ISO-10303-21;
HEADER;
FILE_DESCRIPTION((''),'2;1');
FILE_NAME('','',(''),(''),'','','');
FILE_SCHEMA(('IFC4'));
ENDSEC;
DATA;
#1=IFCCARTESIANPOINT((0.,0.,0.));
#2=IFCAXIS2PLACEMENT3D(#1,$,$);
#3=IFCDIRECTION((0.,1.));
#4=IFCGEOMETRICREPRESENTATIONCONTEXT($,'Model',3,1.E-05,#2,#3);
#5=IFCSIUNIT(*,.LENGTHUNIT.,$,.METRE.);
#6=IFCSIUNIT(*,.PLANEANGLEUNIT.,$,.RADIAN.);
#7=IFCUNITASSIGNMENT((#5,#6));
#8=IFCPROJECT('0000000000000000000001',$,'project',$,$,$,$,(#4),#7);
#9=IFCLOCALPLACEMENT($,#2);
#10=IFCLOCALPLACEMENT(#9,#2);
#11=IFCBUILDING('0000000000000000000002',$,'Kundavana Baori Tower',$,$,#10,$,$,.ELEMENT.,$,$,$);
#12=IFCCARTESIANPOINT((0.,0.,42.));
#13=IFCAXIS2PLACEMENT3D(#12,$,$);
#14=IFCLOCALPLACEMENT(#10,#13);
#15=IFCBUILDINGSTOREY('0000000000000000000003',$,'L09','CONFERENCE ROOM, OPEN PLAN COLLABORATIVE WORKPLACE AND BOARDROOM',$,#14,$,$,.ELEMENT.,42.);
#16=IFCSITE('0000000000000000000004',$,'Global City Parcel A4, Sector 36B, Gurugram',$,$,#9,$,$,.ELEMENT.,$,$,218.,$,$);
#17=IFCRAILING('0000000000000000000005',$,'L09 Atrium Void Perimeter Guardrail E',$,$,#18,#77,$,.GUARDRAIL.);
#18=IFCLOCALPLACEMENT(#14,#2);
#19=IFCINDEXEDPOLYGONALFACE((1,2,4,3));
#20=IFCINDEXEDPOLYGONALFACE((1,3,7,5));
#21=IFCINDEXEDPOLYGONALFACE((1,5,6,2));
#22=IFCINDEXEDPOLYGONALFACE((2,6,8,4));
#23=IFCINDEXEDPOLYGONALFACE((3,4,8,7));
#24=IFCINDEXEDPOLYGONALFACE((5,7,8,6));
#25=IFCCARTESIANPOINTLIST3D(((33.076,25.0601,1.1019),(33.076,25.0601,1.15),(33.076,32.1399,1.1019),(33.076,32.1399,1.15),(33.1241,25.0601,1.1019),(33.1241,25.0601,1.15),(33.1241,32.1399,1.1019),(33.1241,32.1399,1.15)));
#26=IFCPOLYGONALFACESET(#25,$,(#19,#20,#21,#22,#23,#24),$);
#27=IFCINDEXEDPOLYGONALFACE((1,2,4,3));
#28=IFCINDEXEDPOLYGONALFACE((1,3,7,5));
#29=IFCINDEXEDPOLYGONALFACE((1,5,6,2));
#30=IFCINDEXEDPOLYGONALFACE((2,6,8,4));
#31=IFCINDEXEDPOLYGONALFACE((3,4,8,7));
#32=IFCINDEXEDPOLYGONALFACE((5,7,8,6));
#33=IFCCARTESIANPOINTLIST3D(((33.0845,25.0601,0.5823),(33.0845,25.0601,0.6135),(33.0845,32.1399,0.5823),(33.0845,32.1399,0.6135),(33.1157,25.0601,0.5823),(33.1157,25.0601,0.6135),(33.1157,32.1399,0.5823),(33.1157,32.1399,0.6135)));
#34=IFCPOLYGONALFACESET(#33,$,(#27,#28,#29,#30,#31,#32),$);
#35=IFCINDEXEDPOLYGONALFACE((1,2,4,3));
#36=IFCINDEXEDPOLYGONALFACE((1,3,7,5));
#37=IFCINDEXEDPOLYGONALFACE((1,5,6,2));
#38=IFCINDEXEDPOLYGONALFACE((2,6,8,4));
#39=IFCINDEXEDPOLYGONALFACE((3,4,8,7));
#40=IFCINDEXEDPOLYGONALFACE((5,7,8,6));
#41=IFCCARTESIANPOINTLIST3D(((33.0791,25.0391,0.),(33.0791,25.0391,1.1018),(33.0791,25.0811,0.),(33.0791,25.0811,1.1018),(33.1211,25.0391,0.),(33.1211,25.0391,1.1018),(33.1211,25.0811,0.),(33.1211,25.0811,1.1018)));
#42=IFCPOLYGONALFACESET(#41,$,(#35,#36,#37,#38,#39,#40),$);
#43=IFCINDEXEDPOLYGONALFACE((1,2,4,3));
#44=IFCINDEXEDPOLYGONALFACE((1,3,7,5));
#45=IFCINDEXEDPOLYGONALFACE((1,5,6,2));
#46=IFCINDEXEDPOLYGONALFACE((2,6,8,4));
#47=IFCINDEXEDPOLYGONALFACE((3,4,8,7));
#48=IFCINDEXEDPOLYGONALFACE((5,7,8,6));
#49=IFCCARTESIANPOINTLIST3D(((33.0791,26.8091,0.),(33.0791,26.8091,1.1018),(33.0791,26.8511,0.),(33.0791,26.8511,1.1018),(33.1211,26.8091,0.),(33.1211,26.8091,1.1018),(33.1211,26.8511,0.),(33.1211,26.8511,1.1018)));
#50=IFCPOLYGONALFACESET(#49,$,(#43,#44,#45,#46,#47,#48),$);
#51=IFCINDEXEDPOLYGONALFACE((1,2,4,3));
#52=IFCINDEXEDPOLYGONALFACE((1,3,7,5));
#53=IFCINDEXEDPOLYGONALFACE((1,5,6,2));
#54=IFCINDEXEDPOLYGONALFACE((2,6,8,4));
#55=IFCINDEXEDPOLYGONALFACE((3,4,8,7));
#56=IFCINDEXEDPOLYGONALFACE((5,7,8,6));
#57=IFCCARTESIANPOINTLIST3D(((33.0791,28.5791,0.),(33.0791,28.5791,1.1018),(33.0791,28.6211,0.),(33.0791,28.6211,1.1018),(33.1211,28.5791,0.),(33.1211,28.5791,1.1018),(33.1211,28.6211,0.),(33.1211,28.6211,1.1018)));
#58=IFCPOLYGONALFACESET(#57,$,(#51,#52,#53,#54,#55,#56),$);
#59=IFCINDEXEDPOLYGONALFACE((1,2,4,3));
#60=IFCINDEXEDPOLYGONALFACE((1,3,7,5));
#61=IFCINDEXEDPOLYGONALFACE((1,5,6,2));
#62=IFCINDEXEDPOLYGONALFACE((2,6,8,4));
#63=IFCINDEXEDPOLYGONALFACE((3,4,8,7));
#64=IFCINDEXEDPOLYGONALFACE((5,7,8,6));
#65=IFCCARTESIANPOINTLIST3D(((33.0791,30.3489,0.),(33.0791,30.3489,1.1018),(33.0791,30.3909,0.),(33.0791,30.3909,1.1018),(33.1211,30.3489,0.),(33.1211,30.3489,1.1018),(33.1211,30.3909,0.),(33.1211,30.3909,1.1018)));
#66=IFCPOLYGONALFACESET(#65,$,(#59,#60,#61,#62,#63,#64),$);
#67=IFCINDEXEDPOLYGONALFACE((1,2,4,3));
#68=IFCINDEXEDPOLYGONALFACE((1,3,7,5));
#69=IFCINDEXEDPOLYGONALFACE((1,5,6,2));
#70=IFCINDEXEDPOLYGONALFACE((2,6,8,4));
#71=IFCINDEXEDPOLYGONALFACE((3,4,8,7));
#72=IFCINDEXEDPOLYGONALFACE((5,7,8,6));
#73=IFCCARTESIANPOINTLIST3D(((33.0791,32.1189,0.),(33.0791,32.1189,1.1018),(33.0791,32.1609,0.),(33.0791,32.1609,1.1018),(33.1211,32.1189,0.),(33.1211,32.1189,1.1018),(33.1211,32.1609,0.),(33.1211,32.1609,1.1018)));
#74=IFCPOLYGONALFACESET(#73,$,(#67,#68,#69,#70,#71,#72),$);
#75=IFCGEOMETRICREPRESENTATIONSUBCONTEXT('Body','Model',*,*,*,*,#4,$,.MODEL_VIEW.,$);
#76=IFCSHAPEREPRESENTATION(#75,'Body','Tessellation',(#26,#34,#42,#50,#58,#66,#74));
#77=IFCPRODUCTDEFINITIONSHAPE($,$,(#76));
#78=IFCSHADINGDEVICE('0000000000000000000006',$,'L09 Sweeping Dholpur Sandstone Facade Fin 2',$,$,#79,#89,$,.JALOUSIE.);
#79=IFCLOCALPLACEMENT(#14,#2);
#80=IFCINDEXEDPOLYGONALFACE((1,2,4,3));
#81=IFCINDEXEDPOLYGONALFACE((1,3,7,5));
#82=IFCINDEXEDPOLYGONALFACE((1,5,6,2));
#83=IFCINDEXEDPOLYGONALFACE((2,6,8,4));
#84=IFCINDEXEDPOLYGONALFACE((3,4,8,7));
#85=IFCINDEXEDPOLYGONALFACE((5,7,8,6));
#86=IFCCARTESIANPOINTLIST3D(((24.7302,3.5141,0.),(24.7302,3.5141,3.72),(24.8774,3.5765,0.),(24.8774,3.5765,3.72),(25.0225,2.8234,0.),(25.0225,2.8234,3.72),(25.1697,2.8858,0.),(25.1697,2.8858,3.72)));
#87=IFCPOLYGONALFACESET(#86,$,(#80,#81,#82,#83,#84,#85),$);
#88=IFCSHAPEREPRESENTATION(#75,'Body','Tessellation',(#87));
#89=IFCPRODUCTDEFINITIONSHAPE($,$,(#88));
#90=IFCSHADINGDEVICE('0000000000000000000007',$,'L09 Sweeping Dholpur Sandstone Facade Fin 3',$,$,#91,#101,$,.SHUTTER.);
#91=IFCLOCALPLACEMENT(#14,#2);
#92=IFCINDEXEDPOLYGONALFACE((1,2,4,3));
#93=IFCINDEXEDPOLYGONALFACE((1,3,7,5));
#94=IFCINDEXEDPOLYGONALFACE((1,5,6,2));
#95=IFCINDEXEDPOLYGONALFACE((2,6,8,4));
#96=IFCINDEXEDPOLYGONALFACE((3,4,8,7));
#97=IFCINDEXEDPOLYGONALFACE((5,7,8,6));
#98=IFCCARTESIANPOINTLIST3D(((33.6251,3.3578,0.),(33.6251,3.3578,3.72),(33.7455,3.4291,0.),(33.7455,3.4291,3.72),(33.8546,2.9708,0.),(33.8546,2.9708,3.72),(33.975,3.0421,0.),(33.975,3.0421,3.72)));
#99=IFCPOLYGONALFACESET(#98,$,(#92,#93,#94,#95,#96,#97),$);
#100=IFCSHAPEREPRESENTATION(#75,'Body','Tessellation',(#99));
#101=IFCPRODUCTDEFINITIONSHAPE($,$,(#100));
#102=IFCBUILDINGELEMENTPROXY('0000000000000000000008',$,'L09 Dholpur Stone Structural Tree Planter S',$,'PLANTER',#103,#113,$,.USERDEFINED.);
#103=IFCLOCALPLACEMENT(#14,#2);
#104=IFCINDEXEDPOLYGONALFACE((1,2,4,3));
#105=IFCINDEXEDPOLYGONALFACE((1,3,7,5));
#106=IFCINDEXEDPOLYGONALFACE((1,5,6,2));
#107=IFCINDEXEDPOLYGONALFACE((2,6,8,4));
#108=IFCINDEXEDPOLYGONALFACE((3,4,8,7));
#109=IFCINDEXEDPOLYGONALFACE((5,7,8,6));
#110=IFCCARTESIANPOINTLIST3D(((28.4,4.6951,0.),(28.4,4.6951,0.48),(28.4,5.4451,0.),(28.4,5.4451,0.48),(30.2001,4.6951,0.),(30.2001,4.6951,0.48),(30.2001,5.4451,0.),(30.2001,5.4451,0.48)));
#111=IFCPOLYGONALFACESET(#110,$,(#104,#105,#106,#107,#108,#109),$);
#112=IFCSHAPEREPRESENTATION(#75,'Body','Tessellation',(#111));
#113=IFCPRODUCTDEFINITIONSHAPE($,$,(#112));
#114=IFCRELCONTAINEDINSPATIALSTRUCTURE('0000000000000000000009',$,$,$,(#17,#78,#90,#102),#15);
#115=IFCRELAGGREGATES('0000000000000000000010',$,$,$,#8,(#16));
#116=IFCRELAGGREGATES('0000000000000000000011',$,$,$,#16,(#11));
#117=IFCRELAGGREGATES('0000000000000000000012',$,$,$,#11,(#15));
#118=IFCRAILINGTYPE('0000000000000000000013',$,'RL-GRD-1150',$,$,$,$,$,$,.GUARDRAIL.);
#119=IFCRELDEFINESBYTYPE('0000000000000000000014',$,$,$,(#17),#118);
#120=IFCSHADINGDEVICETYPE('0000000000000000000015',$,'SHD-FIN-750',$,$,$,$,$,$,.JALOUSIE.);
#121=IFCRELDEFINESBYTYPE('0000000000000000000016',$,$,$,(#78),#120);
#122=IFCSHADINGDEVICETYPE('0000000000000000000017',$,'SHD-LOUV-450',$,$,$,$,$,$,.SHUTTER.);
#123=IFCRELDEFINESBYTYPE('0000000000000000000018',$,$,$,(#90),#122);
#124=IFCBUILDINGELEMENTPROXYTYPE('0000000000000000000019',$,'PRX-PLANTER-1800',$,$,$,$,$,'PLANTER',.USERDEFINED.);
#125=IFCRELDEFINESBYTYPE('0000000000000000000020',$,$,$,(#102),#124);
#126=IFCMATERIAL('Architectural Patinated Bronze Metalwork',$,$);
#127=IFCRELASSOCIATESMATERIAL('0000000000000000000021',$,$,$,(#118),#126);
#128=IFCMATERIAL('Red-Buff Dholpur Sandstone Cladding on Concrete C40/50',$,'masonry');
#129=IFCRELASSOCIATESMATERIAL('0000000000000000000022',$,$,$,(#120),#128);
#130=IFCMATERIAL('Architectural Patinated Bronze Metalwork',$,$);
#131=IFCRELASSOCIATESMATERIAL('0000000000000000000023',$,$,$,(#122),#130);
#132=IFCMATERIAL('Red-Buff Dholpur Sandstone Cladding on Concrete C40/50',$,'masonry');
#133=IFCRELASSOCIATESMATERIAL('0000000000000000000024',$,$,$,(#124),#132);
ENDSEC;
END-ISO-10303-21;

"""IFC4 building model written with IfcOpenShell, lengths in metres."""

from ifc_helpers import new_model, si_unit, direction, frame, origin, origin_2d, place, context, subcontext, project, spatial, rectangle, extrude, material, type_object, element, save


model = new_model("IFC4")

# Units and contexts
model_context = context("Model", 3, precision=1e-05, world=origin(), true_north=direction((0.0, 1.0)))
body_context = subcontext(model_context, "Body", "Model", "MODEL_VIEW")
ifc_project = project(units=[si_unit("LENGTHUNIT", "METRE"), si_unit("PLANEANGLEUNIT", "RADIAN")], contexts=[model_context])

# Site, building, storey
site_placement = place(None, origin())
site = spatial("IfcSite", under=ifc_project, at=site_placement, Name="Global City Parcel A4, Sector 36B, Gurugram", CompositionType="ELEMENT", RefElevation=218.0)
building_placement = place(site_placement, origin())
building = spatial("IfcBuilding", under=site, at=building_placement, Name="Kundavana Baori Tower", CompositionType="ELEMENT")
storey_placement = place(building_placement, frame((0.0, 0.0, 42.0)))
storey = spatial("IfcBuildingStorey", under=building, at=storey_placement, Name="L09", Description="CONFERENCE ROOM, OPEN PLAN COLLABORATIVE WORKPLACE AND BOARDROOM", CompositionType="ELEMENT", Elevation=42.0)

# Railing
ifc_material_1 = material(Name="Architectural Patinated Bronze Metalwork")
railing_type = type_object("IfcRailingType", Name="RL-GRD-1150", PredefinedType="GUARDRAIL", material=ifc_material_1)
railing_1_placement = place(storey_placement, frame((33.1001, 25.0601, 0.0)))
element("IfcRailing", 1, at=railing_1_placement, inside=storey, type_object=railing_type, Name="L09 Atrium Void Perimeter Guardrail E", PredefinedType="GUARDRAIL", context=body_context, shape_type="SweptSolid", body=[
    extrude(rectangle(XDim=0.0481, YDim=0.0481, at=origin_2d()), frame((0.0, 0.0, 1.126), z_axis=(0.0, 1.0, 0.0), x_axis=(-1.0, 0.0, 0.0)), (0.0, 0.0, 1.0), 7.0798),
    extrude(rectangle(XDim=0.0312, YDim=0.0312, at=origin_2d()), frame((0.0, 0.0, 0.5979), z_axis=(0.0, 1.0, 0.0), x_axis=(-1.0, 0.0, 0.0)), (0.0, 0.0, 1.0), 7.0798),
    extrude(rectangle(XDim=0.042, YDim=0.042, at=origin_2d()), origin(), (0.0, 0.0, 1.0), 1.1018),
    extrude(rectangle(XDim=0.042, YDim=0.042, at=origin_2d()), frame((0.0, 1.77, 0.0)), (0.0, 0.0, 1.0), 1.1018),
    extrude(rectangle(XDim=0.042, YDim=0.042, at=origin_2d()), frame((0.0, 3.54, 0.0)), (0.0, 0.0, 1.0), 1.1018),
    extrude(rectangle(XDim=0.042, YDim=0.042, at=origin_2d()), frame((0.0, 5.3098, 0.0)), (0.0, 0.0, 1.0), 1.1018),
    extrude(rectangle(XDim=0.042, YDim=0.042, at=origin_2d()), frame((0.0, 7.0798, 0.0)), (0.0, 0.0, 1.0), 1.1018),
])

# Shading devices
ifc_material_2 = material(Name="Red-Buff Dholpur Sandstone Cladding on Concrete C40/50", Category="masonry")
shading_device_type_1 = type_object("IfcShadingDeviceType", Name="SHD-FIN-750", PredefinedType="JALOUSIE", material=ifc_material_2)
shading_device_1_placement = place(storey_placement, frame((24.95, 3.2, 0.0), z_axis=(0.0, 0.0, 1.0), x_axis=(0.920914, 0.389767, 0.0)))
element("IfcShadingDevice", 2, at=shading_device_1_placement, inside=storey, type_object=shading_device_type_1, Name="L09 Sweeping Dholpur Sandstone Facade Fin 2", PredefinedType="JALOUSIE", context=body_context, shape_type="SweptSolid", body=[
    extrude(rectangle(XDim=0.1599, YDim=0.75, at=origin_2d()), origin(), (0.0, 0.0, 1.0), 3.72),
])
ifc_material_3 = material(Name="Architectural Patinated Bronze Metalwork")
shading_device_type_2 = type_object("IfcShadingDeviceType", Name="SHD-LOUV-450", PredefinedType="SHUTTER", material=ifc_material_3)
shading_device_2_placement = place(storey_placement, frame((33.8, 3.2, 0.0), z_axis=(0.0, 0.0, 1.0), x_axis=(0.860119, 0.510093, 0.0)))
element("IfcShadingDevice", 3, at=shading_device_2_placement, inside=storey, type_object=shading_device_type_2, Name="L09 Sweeping Dholpur Sandstone Facade Fin 3", PredefinedType="SHUTTER", context=body_context, shape_type="SweptSolid", body=[
    extrude(rectangle(XDim=0.1399, YDim=0.45, at=origin_2d()), origin(), (0.0, 0.0, 1.0), 3.72),
])

# Building element proxy
ifc_material_4 = material(Name="Red-Buff Dholpur Sandstone Cladding on Concrete C40/50", Category="masonry")
building_element_proxy_type = type_object("IfcBuildingElementProxyType", Name="PRX-PLANTER-1800", ElementType="PLANTER", PredefinedType="USERDEFINED", material=ifc_material_4)
proxy_placement = place(storey_placement, frame((29.3, 5.0701, 0.0), z_axis=(0.0, 0.0, 1.0), x_axis=(1.0, 0.0, 0.0)))
element("IfcBuildingElementProxy", 4, at=proxy_placement, inside=storey, type_object=building_element_proxy_type, Name="L09 Dholpur Stone Structural Tree Planter S", ObjectType="PLANTER", PredefinedType="USERDEFINED", context=body_context, shape_type="SweptSolid", body=[
    extrude(rectangle(XDim=1.8, YDim=0.75, at=origin_2d()), origin(), (0.0, 0.0, 1.0), 0.48),
])

save(model, "model.ifc")
